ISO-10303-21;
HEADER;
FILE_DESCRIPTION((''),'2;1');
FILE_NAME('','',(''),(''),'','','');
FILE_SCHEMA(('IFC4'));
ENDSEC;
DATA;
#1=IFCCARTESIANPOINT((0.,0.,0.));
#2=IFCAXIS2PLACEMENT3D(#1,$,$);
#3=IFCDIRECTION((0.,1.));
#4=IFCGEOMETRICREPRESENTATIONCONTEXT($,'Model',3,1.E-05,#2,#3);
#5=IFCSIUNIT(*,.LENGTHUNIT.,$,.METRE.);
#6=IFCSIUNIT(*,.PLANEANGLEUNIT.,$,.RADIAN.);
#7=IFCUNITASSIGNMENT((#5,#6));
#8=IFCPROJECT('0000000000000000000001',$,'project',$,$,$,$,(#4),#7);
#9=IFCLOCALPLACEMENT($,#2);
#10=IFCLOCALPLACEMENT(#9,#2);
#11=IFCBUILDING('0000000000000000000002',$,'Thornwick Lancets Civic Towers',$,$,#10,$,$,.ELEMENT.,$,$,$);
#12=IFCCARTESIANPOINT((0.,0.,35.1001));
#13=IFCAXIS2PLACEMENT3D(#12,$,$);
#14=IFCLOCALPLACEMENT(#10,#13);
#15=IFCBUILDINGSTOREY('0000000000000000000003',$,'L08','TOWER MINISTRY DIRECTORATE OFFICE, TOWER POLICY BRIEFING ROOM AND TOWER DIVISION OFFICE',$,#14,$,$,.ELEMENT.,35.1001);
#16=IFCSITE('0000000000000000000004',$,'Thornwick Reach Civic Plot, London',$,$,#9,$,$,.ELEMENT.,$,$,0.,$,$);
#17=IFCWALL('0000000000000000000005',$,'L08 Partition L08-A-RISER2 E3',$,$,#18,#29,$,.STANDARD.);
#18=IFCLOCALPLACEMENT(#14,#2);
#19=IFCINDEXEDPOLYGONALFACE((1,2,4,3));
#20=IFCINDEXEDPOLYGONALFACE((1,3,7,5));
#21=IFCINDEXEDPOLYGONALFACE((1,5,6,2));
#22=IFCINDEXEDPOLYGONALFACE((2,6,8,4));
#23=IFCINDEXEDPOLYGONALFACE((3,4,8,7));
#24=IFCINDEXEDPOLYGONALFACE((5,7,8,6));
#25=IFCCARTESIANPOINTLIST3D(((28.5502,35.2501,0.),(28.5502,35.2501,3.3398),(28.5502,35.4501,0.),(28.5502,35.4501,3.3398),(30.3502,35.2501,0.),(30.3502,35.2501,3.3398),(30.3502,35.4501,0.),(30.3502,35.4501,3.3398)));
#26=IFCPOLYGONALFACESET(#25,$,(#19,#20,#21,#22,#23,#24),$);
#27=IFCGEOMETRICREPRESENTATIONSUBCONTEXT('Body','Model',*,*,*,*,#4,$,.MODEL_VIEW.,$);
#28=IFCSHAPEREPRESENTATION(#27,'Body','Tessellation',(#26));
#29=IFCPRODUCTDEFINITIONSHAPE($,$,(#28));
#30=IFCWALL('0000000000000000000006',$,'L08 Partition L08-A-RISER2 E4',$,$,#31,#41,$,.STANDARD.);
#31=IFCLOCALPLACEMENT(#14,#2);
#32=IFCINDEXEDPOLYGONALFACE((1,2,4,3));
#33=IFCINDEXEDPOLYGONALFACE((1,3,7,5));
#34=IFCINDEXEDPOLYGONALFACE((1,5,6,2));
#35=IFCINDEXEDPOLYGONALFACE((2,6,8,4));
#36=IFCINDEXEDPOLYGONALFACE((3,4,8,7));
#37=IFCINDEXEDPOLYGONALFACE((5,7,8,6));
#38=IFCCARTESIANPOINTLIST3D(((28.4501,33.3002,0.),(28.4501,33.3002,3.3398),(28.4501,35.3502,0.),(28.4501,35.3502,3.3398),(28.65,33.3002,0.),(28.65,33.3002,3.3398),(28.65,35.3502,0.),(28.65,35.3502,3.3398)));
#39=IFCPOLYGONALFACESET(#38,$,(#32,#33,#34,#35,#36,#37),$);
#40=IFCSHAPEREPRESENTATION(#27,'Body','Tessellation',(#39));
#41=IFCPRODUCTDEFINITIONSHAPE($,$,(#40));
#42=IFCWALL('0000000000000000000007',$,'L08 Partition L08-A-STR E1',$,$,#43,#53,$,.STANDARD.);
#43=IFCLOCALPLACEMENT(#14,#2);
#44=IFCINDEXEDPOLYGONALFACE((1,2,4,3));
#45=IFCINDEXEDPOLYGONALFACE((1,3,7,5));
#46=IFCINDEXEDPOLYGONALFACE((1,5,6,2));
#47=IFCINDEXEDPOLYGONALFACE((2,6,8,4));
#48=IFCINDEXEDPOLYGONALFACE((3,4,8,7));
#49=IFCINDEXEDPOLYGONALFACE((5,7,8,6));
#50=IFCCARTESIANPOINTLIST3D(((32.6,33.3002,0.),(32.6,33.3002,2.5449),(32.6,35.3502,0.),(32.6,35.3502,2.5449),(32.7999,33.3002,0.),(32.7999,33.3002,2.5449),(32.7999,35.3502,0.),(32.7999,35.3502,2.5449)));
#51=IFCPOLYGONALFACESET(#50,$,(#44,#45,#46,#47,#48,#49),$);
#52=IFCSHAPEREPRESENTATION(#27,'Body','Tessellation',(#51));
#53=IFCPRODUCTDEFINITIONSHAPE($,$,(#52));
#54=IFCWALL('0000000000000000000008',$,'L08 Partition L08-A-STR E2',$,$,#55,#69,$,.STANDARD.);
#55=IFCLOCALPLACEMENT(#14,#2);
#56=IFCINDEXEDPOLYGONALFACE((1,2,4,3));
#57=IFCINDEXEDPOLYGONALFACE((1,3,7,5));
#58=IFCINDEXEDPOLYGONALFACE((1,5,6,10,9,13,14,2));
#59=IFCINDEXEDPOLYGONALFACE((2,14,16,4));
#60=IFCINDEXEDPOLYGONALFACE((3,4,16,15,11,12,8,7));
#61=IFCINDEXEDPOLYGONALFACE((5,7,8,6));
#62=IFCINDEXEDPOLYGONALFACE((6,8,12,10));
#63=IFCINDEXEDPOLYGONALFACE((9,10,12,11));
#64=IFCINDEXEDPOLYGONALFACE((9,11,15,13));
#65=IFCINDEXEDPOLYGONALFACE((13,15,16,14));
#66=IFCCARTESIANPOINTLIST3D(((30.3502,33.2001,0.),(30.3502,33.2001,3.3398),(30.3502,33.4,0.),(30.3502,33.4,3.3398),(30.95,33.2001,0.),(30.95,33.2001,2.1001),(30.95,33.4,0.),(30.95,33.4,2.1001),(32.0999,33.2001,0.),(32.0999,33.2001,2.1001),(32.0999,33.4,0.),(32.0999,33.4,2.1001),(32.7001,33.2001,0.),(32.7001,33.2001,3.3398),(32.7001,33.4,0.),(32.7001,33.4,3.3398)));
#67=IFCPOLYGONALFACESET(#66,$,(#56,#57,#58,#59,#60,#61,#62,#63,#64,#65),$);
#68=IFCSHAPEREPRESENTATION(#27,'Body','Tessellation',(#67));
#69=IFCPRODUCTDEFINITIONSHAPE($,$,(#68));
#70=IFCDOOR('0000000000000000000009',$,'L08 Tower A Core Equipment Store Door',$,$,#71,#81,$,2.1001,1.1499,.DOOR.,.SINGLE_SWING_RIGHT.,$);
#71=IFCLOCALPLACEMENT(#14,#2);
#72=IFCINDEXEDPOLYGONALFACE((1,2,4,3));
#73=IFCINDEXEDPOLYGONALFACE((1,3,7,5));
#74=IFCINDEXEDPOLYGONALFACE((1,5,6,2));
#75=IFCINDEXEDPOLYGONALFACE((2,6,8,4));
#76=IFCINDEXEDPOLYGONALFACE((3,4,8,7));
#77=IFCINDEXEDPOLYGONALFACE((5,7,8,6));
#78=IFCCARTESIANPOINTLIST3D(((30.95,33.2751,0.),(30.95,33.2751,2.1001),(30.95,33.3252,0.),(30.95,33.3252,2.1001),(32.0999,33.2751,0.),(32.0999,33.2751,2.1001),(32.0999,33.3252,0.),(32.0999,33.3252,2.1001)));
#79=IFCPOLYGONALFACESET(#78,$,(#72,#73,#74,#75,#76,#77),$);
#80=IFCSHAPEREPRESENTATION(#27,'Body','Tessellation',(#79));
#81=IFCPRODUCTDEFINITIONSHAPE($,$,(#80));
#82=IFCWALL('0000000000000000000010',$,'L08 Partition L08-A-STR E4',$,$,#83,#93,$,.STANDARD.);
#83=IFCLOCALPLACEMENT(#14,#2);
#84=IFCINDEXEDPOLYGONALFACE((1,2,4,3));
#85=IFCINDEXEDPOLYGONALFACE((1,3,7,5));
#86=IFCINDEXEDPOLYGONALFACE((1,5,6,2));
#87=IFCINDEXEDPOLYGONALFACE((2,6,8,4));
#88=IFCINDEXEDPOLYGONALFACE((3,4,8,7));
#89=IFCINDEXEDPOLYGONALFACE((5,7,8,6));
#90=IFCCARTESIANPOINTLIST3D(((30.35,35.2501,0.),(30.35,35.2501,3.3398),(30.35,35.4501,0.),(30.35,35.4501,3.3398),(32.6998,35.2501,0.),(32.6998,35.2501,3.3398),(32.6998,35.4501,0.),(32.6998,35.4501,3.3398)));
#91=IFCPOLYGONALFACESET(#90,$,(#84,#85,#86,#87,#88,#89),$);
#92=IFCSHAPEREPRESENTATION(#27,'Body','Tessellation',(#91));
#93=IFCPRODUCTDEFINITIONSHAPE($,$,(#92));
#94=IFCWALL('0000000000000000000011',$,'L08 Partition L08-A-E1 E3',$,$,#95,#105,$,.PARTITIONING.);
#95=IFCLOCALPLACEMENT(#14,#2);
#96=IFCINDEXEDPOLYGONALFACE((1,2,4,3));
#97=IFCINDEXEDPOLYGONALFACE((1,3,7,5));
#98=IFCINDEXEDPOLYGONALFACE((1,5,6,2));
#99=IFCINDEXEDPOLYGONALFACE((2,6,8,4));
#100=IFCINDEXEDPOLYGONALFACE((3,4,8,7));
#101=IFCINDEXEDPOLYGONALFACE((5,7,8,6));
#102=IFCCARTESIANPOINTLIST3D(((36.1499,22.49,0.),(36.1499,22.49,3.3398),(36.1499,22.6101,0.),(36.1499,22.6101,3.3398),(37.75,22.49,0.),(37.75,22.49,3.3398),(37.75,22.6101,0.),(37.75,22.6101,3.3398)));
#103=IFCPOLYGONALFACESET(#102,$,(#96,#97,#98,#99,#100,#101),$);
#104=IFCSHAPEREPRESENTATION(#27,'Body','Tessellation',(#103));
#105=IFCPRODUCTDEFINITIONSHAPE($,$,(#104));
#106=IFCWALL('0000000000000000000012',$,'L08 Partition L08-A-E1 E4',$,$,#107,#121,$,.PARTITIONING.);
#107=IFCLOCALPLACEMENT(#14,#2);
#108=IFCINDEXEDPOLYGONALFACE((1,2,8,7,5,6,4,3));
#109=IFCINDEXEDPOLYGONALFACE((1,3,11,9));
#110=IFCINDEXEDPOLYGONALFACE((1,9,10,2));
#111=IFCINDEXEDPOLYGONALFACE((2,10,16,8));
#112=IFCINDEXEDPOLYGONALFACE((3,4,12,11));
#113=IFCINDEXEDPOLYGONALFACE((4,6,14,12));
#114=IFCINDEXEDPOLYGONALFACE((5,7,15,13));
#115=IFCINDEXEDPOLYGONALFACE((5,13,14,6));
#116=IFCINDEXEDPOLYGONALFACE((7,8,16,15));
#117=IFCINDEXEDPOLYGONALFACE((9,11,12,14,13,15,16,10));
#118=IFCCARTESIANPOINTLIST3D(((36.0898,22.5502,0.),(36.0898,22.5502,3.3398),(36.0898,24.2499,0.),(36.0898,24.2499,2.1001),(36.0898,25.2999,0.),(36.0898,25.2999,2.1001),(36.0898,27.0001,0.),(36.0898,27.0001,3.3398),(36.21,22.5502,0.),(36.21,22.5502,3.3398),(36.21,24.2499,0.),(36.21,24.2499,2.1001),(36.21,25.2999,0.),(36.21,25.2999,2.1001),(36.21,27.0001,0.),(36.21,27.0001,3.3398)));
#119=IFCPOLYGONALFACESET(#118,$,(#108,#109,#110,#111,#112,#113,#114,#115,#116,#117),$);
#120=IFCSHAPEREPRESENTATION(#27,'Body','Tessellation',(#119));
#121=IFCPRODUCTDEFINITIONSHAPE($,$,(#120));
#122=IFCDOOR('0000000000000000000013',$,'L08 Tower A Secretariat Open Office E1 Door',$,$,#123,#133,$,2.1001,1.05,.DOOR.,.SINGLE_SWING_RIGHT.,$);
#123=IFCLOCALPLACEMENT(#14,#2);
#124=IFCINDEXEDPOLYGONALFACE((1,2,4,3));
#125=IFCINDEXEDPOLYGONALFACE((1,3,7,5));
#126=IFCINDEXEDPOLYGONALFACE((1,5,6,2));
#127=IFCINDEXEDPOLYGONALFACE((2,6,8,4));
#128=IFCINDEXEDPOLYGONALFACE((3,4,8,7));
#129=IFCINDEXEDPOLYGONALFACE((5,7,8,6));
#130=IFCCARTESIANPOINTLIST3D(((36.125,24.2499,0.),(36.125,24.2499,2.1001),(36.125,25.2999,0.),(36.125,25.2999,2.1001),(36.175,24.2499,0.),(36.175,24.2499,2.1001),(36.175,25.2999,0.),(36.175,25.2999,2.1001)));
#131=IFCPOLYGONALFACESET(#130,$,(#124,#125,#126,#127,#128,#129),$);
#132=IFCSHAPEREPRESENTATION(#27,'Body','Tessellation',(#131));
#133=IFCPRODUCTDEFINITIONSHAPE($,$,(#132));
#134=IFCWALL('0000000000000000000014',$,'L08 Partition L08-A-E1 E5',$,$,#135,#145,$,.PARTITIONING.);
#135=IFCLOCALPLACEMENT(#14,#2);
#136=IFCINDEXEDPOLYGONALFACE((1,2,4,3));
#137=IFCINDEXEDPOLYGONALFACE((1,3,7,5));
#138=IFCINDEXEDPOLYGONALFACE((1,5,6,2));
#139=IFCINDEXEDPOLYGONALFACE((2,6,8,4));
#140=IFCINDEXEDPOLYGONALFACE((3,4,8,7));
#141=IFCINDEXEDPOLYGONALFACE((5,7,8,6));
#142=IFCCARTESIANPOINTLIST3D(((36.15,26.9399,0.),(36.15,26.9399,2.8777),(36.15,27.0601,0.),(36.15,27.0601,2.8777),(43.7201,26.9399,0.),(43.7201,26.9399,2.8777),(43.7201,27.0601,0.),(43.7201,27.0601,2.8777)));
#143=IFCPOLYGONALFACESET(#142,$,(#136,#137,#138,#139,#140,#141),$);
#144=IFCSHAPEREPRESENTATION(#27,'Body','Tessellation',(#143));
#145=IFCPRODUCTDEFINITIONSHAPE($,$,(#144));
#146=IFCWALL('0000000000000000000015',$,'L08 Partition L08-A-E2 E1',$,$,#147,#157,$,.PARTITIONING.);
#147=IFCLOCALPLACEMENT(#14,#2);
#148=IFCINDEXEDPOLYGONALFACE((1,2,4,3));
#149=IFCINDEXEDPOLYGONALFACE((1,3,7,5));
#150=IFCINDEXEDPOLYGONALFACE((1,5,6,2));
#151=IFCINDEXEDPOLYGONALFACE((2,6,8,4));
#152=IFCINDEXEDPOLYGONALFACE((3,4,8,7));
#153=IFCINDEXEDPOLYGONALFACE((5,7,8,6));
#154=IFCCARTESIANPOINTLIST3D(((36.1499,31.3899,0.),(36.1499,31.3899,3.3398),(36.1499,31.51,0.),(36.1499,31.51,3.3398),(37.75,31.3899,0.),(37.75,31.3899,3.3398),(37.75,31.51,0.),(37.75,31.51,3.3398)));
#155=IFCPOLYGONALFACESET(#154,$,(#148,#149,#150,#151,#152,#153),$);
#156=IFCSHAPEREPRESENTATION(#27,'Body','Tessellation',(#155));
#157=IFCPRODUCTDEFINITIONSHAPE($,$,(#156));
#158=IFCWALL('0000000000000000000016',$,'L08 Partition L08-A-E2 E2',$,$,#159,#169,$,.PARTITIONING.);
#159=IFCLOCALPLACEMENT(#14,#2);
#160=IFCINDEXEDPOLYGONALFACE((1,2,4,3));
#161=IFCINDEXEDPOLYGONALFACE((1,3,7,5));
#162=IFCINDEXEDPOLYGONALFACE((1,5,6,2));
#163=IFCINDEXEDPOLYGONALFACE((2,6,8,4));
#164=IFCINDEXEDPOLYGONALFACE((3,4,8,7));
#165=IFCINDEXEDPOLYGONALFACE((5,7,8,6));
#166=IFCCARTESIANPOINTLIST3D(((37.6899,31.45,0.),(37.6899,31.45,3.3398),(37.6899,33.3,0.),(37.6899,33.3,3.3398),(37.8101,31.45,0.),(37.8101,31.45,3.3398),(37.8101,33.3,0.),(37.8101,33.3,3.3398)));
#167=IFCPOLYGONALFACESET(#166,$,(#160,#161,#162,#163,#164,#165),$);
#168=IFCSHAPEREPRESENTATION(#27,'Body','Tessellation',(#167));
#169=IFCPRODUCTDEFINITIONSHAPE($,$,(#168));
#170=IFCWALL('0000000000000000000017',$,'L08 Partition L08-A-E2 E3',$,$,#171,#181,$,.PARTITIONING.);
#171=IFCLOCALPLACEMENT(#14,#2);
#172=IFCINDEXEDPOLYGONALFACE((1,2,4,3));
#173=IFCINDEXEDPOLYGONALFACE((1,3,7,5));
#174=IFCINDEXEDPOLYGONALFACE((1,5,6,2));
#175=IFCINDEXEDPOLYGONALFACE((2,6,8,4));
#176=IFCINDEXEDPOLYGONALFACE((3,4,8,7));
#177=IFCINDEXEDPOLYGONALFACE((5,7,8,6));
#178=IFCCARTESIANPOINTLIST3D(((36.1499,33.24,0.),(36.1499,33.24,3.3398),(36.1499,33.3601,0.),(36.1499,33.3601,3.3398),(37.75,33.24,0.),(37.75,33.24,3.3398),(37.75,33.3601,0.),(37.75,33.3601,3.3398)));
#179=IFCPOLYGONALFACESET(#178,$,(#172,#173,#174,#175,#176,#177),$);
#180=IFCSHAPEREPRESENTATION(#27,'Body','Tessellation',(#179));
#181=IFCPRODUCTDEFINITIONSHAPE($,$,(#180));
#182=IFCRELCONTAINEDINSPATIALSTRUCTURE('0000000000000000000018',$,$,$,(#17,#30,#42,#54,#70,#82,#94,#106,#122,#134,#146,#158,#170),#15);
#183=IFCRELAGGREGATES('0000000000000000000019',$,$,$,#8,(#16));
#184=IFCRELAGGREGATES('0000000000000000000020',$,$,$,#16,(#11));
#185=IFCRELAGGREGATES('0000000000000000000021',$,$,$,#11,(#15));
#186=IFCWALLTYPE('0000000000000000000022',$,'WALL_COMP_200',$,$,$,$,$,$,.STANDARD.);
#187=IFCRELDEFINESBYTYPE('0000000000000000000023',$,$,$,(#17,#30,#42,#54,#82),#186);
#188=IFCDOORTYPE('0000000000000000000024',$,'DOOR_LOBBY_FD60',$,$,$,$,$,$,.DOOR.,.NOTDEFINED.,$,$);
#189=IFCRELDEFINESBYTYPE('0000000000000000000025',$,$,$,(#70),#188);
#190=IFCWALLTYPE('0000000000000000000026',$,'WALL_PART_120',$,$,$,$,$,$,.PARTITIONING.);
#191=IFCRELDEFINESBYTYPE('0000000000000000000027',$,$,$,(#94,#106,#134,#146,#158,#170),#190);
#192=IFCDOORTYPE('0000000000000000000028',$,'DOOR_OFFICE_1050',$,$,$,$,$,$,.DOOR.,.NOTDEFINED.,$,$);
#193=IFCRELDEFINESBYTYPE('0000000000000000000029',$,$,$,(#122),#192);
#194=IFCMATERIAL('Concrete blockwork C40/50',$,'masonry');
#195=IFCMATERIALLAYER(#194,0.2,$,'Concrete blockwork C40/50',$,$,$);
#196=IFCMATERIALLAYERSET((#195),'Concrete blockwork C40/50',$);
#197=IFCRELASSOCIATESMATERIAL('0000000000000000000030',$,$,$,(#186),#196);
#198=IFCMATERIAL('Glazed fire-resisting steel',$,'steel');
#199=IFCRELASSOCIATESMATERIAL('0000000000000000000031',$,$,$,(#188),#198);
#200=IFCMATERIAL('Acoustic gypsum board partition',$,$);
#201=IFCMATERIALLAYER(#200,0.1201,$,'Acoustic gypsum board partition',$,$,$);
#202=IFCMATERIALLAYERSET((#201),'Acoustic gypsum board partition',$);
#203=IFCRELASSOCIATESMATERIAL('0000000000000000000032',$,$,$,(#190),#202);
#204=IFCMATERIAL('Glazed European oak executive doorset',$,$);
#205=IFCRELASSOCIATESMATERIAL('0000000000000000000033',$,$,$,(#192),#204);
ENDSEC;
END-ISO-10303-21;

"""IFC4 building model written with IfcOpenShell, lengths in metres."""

from ifc_helpers import new_model, si_unit, direction, frame, frame_2d, origin, place, context, subcontext, project, spatial, rectangle, extrude, material, layer, layer_set, type_object, element, fill, save


model = new_model("IFC4")

# Units and contexts
model_context = context("Model", 3, precision=1e-05, world=origin(), true_north=direction((0.0, 1.0)))
body_context = subcontext(model_context, "Body", "Model", "MODEL_VIEW")
ifc_project = project(units=[si_unit("LENGTHUNIT", "METRE"), si_unit("PLANEANGLEUNIT", "RADIAN")], contexts=[model_context])

# Site, building, storey
site_placement = place(None, origin())
site = spatial("IfcSite", under=ifc_project, at=site_placement, Name="Thornwick Reach Civic Plot, London", CompositionType="ELEMENT", RefElevation=0.0)
building_placement = place(site_placement, origin())
building = spatial("IfcBuilding", under=site, at=building_placement, Name="Thornwick Lancets Civic Towers", CompositionType="ELEMENT")
storey_placement = place(building_placement, frame((0.0, 0.0, 35.1001)))
storey = spatial("IfcBuildingStorey", under=building, at=storey_placement, Name="L08", Description="TOWER MINISTRY DIRECTORATE OFFICE, TOWER POLICY BRIEFING ROOM AND TOWER DIVISION OFFICE", CompositionType="ELEMENT", Elevation=35.1001)

# Shared definitions
ifc_material_1 = material(Name="Concrete blockwork C40/50", Category="masonry")
ifc_layer_1 = layer(ifc_material_1, 0.2, Name="Concrete blockwork C40/50")
ifc_layer_set_1 = layer_set([ifc_layer_1], Name="Concrete blockwork C40/50")
wall_type_1 = type_object("IfcWallType", Name="WALL_COMP_200", PredefinedType="STANDARD", material=ifc_layer_set_1)
ifc_material_2 = material(Name="Glazed fire-resisting steel", Category="steel")
door_type_1 = type_object("IfcDoorType", Name="DOOR_LOBBY_FD60", OperationType="NOTDEFINED", PredefinedType="DOOR", material=ifc_material_2)

# Walls
wall_1_placement = place(storey_placement, frame((30.3501, 35.3501, 0.0), z_axis=(0.0, 0.0, 1.0), x_axis=(-1.0, 0.0, 0.0)))
element("IfcWall", 1, at=wall_1_placement, inside=storey, type_object=wall_type_1, Name="L08 Partition L08-A-RISER2 E3", PredefinedType="STANDARD", context=body_context, shape_type="SweptSolid", body=[
    extrude(rectangle(XDim=1.8, YDim=0.2, at=frame_2d((0.8999, 0.0))), origin(), (0.0, 0.0, 1.0), 3.3398),
])
wall_2_placement = place(storey_placement, frame((28.55, 35.3501, 0.0), z_axis=(0.0, 0.0, 1.0), x_axis=(0.0, -1.0, 0.0)))
element("IfcWall", 2, at=wall_2_placement, inside=storey, type_object=wall_type_1, Name="L08 Partition L08-A-RISER2 E4", PredefinedType="STANDARD", context=body_context, shape_type="SweptSolid", body=[
    extrude(rectangle(XDim=2.05, YDim=0.2, at=frame_2d((1.0249, 0.0))), origin(), (0.0, 0.0, 1.0), 3.3398),
])
wall_3_placement = place(storey_placement, frame((32.7, 35.3501, 0.0), z_axis=(0.0, 0.0, 1.0), x_axis=(0.0, -1.0, 0.0)))
element("IfcWall", 3, at=wall_3_placement, inside=storey, type_object=wall_type_1, Name="L08 Partition L08-A-STR E1", PredefinedType="STANDARD", context=body_context, shape_type="SweptSolid", body=[
    extrude(rectangle(XDim=2.05, YDim=0.2, at=frame_2d((1.0249, 0.0))), origin(), (0.0, 0.0, 1.0), 2.5449),
])

# Wall, opening, door
wall_4_placement = place(storey_placement, frame((32.7, 33.3, 0.0), z_axis=(0.0, 0.0, 1.0), x_axis=(-1.0, 0.0, 0.0)))
wall_4 = element("IfcWall", 4, at=wall_4_placement, inside=storey, type_object=wall_type_1, Name="L08 Partition L08-A-STR E2", PredefinedType="STANDARD", context=body_context, shape_type="SweptSolid", body=[
    extrude(rectangle(XDim=2.3499, YDim=0.2, at=frame_2d((1.1748, 0.0))), origin(), (0.0, 0.0, 1.0), 3.3398),
])
opening_1_placement = place(wall_4_placement, frame((0.6001, 0.0, 0.0)))
opening_1 = element("IfcOpeningElement", 5, at=opening_1_placement, cuts=wall_4, PredefinedType="OPENING", context=body_context, shape_type="SweptSolid", body=[
    extrude(rectangle(XDim=1.1499, YDim=2.1001, at=frame_2d((0.575, 1.05))), frame((0.0, 0.1099, 0.0), z_axis=(0.0, -1.0, 0.0), x_axis=(1.0, 0.0, 0.0)), (0.0, 0.0, 1.0), 0.22),
])
door_1_placement = place(opening_1_placement, origin())
door_1 = element("IfcDoor", 6, at=door_1_placement, inside=storey, type_object=door_type_1, Name="L08 Tower A Core Equipment Store Door", OperationType="SINGLE_SWING_RIGHT", OverallHeight=2.1001, OverallWidth=1.1499, PredefinedType="DOOR", context=body_context, shape_type="SweptSolid", body=[
    extrude(rectangle(XDim=1.1499, YDim=2.1001, at=frame_2d((0.575, 1.05))), frame((0.0, 0.0249, 0.0), z_axis=(0.0, -1.0, 0.0), x_axis=(1.0, 0.0, 0.0)), (0.0, 0.0, 1.0), 0.05),
])
fill(opening_1, door_1)

# Walls
wall_5_placement = place(storey_placement, frame((30.3501, 35.3501, 0.0), z_axis=(0.0, 0.0, 1.0), x_axis=(1.0, 0.0, 0.0)))
element("IfcWall", 7, at=wall_5_placement, inside=storey, type_object=wall_type_1, Name="L08 Partition L08-A-STR E4", PredefinedType="STANDARD", context=body_context, shape_type="SweptSolid", body=[
    extrude(rectangle(XDim=2.3499, YDim=0.2, at=frame_2d((1.1748, 0.0))), origin(), (0.0, 0.0, 1.0), 3.3398),
])
ifc_material_3 = material(Name="Acoustic gypsum board partition")
ifc_layer_2 = layer(ifc_material_3, 0.1201, Name="Acoustic gypsum board partition")
ifc_layer_set_2 = layer_set([ifc_layer_2], Name="Acoustic gypsum board partition")
wall_type_2 = type_object("IfcWallType", Name="WALL_PART_120", PredefinedType="PARTITIONING", material=ifc_layer_set_2)
wall_6_placement = place(storey_placement, frame((37.75, 22.55, 0.0), z_axis=(0.0, 0.0, 1.0), x_axis=(-1.0, 0.0, 0.0)))
element("IfcWall", 8, at=wall_6_placement, inside=storey, type_object=wall_type_2, Name="L08 Partition L08-A-E1 E3", PredefinedType="PARTITIONING", context=body_context, shape_type="SweptSolid", body=[
    extrude(rectangle(XDim=1.6001, YDim=0.1201, at=frame_2d((0.8, 0.0))), origin(), (0.0, 0.0, 1.0), 3.3398),
])

# Wall, opening, door
wall_7_placement = place(storey_placement, frame((36.1499, 22.55, 0.0), z_axis=(0.0, 0.0, 1.0), x_axis=(0.0, 1.0, 0.0)))
wall_7 = element("IfcWall", 9, at=wall_7_placement, inside=storey, type_object=wall_type_2, Name="L08 Partition L08-A-E1 E4", PredefinedType="PARTITIONING", context=body_context, shape_type="SweptSolid", body=[
    extrude(rectangle(XDim=4.45, YDim=0.1201, at=frame_2d((2.2251, 0.0))), origin(), (0.0, 0.0, 1.0), 3.3398),
])
opening_2_placement = place(wall_7_placement, frame((1.7, 0.0, 0.0)))
opening_2 = element("IfcOpeningElement", 10, at=opening_2_placement, cuts=wall_7, PredefinedType="OPENING", context=body_context, shape_type="SweptSolid", body=[
    extrude(rectangle(XDim=1.05, YDim=2.1001, at=frame_2d((0.5249, 1.05))), frame((0.0, 0.0701, 0.0), z_axis=(0.0, -1.0, 0.0), x_axis=(1.0, 0.0, 0.0)), (0.0, 0.0, 1.0), 0.1401),
])
ifc_material_4 = material(Name="Glazed European oak executive doorset")
door_type_2 = type_object("IfcDoorType", Name="DOOR_OFFICE_1050", OperationType="NOTDEFINED", PredefinedType="DOOR", material=ifc_material_4)
door_2_placement = place(opening_2_placement, origin())
door_2 = element("IfcDoor", 11, at=door_2_placement, inside=storey, type_object=door_type_2, Name="L08 Tower A Secretariat Open Office E1 Door", OperationType="SINGLE_SWING_RIGHT", OverallHeight=2.1001, OverallWidth=1.05, PredefinedType="DOOR", context=body_context, shape_type="SweptSolid", body=[
    extrude(rectangle(XDim=1.05, YDim=2.1001, at=frame_2d((0.5249, 1.05))), frame((0.0, 0.0249, 0.0), z_axis=(0.0, -1.0, 0.0), x_axis=(1.0, 0.0, 0.0)), (0.0, 0.0, 1.0), 0.05),
])
fill(opening_2, door_2)

# Walls
wall_8_placement = place(storey_placement, frame((36.1499, 27.0, 0.0), z_axis=(0.0, 0.0, 1.0), x_axis=(1.0, 0.0, 0.0)))
element("IfcWall", 12, at=wall_8_placement, inside=storey, type_object=wall_type_2, Name="L08 Partition L08-A-E1 E5", PredefinedType="PARTITIONING", context=body_context, shape_type="SweptSolid", body=[
    extrude(rectangle(XDim=7.5701, YDim=0.1201, at=frame_2d((3.7852, 0.0))), origin(), (0.0, 0.0, 1.0), 2.8777),
])
wall_9_placement = place(storey_placement, frame((36.1499, 31.45, 0.0), z_axis=(0.0, 0.0, 1.0), x_axis=(1.0, 0.0, 0.0)))
element("IfcWall", 13, at=wall_9_placement, inside=storey, type_object=wall_type_2, Name="L08 Partition L08-A-E2 E1", PredefinedType="PARTITIONING", context=body_context, shape_type="SweptSolid", body=[
    extrude(rectangle(XDim=1.6001, YDim=0.1201, at=frame_2d((0.8, 0.0))), origin(), (0.0, 0.0, 1.0), 3.3398),
])
wall_10_placement = place(storey_placement, frame((37.75, 31.45, 0.0), z_axis=(0.0, 0.0, 1.0), x_axis=(0.0, 1.0, 0.0)))
element("IfcWall", 14, at=wall_10_placement, inside=storey, type_object=wall_type_2, Name="L08 Partition L08-A-E2 E2", PredefinedType="PARTITIONING", context=body_context, shape_type="SweptSolid", body=[
    extrude(rectangle(XDim=1.8501, YDim=0.1201, at=frame_2d((0.925, 0.0))), origin(), (0.0, 0.0, 1.0), 3.3398),
])
wall_11_placement = place(storey_placement, frame((37.75, 33.3, 0.0), z_axis=(0.0, 0.0, 1.0), x_axis=(-1.0, 0.0, 0.0)))
element("IfcWall", 15, at=wall_11_placement, inside=storey, type_object=wall_type_2, Name="L08 Partition L08-A-E2 E3", PredefinedType="PARTITIONING", context=body_context, shape_type="SweptSolid", body=[
    extrude(rectangle(XDim=1.6001, YDim=0.1201, at=frame_2d((0.8, 0.0))), origin(), (0.0, 0.0, 1.0), 3.3398),
])

save(model, "model.ifc")
